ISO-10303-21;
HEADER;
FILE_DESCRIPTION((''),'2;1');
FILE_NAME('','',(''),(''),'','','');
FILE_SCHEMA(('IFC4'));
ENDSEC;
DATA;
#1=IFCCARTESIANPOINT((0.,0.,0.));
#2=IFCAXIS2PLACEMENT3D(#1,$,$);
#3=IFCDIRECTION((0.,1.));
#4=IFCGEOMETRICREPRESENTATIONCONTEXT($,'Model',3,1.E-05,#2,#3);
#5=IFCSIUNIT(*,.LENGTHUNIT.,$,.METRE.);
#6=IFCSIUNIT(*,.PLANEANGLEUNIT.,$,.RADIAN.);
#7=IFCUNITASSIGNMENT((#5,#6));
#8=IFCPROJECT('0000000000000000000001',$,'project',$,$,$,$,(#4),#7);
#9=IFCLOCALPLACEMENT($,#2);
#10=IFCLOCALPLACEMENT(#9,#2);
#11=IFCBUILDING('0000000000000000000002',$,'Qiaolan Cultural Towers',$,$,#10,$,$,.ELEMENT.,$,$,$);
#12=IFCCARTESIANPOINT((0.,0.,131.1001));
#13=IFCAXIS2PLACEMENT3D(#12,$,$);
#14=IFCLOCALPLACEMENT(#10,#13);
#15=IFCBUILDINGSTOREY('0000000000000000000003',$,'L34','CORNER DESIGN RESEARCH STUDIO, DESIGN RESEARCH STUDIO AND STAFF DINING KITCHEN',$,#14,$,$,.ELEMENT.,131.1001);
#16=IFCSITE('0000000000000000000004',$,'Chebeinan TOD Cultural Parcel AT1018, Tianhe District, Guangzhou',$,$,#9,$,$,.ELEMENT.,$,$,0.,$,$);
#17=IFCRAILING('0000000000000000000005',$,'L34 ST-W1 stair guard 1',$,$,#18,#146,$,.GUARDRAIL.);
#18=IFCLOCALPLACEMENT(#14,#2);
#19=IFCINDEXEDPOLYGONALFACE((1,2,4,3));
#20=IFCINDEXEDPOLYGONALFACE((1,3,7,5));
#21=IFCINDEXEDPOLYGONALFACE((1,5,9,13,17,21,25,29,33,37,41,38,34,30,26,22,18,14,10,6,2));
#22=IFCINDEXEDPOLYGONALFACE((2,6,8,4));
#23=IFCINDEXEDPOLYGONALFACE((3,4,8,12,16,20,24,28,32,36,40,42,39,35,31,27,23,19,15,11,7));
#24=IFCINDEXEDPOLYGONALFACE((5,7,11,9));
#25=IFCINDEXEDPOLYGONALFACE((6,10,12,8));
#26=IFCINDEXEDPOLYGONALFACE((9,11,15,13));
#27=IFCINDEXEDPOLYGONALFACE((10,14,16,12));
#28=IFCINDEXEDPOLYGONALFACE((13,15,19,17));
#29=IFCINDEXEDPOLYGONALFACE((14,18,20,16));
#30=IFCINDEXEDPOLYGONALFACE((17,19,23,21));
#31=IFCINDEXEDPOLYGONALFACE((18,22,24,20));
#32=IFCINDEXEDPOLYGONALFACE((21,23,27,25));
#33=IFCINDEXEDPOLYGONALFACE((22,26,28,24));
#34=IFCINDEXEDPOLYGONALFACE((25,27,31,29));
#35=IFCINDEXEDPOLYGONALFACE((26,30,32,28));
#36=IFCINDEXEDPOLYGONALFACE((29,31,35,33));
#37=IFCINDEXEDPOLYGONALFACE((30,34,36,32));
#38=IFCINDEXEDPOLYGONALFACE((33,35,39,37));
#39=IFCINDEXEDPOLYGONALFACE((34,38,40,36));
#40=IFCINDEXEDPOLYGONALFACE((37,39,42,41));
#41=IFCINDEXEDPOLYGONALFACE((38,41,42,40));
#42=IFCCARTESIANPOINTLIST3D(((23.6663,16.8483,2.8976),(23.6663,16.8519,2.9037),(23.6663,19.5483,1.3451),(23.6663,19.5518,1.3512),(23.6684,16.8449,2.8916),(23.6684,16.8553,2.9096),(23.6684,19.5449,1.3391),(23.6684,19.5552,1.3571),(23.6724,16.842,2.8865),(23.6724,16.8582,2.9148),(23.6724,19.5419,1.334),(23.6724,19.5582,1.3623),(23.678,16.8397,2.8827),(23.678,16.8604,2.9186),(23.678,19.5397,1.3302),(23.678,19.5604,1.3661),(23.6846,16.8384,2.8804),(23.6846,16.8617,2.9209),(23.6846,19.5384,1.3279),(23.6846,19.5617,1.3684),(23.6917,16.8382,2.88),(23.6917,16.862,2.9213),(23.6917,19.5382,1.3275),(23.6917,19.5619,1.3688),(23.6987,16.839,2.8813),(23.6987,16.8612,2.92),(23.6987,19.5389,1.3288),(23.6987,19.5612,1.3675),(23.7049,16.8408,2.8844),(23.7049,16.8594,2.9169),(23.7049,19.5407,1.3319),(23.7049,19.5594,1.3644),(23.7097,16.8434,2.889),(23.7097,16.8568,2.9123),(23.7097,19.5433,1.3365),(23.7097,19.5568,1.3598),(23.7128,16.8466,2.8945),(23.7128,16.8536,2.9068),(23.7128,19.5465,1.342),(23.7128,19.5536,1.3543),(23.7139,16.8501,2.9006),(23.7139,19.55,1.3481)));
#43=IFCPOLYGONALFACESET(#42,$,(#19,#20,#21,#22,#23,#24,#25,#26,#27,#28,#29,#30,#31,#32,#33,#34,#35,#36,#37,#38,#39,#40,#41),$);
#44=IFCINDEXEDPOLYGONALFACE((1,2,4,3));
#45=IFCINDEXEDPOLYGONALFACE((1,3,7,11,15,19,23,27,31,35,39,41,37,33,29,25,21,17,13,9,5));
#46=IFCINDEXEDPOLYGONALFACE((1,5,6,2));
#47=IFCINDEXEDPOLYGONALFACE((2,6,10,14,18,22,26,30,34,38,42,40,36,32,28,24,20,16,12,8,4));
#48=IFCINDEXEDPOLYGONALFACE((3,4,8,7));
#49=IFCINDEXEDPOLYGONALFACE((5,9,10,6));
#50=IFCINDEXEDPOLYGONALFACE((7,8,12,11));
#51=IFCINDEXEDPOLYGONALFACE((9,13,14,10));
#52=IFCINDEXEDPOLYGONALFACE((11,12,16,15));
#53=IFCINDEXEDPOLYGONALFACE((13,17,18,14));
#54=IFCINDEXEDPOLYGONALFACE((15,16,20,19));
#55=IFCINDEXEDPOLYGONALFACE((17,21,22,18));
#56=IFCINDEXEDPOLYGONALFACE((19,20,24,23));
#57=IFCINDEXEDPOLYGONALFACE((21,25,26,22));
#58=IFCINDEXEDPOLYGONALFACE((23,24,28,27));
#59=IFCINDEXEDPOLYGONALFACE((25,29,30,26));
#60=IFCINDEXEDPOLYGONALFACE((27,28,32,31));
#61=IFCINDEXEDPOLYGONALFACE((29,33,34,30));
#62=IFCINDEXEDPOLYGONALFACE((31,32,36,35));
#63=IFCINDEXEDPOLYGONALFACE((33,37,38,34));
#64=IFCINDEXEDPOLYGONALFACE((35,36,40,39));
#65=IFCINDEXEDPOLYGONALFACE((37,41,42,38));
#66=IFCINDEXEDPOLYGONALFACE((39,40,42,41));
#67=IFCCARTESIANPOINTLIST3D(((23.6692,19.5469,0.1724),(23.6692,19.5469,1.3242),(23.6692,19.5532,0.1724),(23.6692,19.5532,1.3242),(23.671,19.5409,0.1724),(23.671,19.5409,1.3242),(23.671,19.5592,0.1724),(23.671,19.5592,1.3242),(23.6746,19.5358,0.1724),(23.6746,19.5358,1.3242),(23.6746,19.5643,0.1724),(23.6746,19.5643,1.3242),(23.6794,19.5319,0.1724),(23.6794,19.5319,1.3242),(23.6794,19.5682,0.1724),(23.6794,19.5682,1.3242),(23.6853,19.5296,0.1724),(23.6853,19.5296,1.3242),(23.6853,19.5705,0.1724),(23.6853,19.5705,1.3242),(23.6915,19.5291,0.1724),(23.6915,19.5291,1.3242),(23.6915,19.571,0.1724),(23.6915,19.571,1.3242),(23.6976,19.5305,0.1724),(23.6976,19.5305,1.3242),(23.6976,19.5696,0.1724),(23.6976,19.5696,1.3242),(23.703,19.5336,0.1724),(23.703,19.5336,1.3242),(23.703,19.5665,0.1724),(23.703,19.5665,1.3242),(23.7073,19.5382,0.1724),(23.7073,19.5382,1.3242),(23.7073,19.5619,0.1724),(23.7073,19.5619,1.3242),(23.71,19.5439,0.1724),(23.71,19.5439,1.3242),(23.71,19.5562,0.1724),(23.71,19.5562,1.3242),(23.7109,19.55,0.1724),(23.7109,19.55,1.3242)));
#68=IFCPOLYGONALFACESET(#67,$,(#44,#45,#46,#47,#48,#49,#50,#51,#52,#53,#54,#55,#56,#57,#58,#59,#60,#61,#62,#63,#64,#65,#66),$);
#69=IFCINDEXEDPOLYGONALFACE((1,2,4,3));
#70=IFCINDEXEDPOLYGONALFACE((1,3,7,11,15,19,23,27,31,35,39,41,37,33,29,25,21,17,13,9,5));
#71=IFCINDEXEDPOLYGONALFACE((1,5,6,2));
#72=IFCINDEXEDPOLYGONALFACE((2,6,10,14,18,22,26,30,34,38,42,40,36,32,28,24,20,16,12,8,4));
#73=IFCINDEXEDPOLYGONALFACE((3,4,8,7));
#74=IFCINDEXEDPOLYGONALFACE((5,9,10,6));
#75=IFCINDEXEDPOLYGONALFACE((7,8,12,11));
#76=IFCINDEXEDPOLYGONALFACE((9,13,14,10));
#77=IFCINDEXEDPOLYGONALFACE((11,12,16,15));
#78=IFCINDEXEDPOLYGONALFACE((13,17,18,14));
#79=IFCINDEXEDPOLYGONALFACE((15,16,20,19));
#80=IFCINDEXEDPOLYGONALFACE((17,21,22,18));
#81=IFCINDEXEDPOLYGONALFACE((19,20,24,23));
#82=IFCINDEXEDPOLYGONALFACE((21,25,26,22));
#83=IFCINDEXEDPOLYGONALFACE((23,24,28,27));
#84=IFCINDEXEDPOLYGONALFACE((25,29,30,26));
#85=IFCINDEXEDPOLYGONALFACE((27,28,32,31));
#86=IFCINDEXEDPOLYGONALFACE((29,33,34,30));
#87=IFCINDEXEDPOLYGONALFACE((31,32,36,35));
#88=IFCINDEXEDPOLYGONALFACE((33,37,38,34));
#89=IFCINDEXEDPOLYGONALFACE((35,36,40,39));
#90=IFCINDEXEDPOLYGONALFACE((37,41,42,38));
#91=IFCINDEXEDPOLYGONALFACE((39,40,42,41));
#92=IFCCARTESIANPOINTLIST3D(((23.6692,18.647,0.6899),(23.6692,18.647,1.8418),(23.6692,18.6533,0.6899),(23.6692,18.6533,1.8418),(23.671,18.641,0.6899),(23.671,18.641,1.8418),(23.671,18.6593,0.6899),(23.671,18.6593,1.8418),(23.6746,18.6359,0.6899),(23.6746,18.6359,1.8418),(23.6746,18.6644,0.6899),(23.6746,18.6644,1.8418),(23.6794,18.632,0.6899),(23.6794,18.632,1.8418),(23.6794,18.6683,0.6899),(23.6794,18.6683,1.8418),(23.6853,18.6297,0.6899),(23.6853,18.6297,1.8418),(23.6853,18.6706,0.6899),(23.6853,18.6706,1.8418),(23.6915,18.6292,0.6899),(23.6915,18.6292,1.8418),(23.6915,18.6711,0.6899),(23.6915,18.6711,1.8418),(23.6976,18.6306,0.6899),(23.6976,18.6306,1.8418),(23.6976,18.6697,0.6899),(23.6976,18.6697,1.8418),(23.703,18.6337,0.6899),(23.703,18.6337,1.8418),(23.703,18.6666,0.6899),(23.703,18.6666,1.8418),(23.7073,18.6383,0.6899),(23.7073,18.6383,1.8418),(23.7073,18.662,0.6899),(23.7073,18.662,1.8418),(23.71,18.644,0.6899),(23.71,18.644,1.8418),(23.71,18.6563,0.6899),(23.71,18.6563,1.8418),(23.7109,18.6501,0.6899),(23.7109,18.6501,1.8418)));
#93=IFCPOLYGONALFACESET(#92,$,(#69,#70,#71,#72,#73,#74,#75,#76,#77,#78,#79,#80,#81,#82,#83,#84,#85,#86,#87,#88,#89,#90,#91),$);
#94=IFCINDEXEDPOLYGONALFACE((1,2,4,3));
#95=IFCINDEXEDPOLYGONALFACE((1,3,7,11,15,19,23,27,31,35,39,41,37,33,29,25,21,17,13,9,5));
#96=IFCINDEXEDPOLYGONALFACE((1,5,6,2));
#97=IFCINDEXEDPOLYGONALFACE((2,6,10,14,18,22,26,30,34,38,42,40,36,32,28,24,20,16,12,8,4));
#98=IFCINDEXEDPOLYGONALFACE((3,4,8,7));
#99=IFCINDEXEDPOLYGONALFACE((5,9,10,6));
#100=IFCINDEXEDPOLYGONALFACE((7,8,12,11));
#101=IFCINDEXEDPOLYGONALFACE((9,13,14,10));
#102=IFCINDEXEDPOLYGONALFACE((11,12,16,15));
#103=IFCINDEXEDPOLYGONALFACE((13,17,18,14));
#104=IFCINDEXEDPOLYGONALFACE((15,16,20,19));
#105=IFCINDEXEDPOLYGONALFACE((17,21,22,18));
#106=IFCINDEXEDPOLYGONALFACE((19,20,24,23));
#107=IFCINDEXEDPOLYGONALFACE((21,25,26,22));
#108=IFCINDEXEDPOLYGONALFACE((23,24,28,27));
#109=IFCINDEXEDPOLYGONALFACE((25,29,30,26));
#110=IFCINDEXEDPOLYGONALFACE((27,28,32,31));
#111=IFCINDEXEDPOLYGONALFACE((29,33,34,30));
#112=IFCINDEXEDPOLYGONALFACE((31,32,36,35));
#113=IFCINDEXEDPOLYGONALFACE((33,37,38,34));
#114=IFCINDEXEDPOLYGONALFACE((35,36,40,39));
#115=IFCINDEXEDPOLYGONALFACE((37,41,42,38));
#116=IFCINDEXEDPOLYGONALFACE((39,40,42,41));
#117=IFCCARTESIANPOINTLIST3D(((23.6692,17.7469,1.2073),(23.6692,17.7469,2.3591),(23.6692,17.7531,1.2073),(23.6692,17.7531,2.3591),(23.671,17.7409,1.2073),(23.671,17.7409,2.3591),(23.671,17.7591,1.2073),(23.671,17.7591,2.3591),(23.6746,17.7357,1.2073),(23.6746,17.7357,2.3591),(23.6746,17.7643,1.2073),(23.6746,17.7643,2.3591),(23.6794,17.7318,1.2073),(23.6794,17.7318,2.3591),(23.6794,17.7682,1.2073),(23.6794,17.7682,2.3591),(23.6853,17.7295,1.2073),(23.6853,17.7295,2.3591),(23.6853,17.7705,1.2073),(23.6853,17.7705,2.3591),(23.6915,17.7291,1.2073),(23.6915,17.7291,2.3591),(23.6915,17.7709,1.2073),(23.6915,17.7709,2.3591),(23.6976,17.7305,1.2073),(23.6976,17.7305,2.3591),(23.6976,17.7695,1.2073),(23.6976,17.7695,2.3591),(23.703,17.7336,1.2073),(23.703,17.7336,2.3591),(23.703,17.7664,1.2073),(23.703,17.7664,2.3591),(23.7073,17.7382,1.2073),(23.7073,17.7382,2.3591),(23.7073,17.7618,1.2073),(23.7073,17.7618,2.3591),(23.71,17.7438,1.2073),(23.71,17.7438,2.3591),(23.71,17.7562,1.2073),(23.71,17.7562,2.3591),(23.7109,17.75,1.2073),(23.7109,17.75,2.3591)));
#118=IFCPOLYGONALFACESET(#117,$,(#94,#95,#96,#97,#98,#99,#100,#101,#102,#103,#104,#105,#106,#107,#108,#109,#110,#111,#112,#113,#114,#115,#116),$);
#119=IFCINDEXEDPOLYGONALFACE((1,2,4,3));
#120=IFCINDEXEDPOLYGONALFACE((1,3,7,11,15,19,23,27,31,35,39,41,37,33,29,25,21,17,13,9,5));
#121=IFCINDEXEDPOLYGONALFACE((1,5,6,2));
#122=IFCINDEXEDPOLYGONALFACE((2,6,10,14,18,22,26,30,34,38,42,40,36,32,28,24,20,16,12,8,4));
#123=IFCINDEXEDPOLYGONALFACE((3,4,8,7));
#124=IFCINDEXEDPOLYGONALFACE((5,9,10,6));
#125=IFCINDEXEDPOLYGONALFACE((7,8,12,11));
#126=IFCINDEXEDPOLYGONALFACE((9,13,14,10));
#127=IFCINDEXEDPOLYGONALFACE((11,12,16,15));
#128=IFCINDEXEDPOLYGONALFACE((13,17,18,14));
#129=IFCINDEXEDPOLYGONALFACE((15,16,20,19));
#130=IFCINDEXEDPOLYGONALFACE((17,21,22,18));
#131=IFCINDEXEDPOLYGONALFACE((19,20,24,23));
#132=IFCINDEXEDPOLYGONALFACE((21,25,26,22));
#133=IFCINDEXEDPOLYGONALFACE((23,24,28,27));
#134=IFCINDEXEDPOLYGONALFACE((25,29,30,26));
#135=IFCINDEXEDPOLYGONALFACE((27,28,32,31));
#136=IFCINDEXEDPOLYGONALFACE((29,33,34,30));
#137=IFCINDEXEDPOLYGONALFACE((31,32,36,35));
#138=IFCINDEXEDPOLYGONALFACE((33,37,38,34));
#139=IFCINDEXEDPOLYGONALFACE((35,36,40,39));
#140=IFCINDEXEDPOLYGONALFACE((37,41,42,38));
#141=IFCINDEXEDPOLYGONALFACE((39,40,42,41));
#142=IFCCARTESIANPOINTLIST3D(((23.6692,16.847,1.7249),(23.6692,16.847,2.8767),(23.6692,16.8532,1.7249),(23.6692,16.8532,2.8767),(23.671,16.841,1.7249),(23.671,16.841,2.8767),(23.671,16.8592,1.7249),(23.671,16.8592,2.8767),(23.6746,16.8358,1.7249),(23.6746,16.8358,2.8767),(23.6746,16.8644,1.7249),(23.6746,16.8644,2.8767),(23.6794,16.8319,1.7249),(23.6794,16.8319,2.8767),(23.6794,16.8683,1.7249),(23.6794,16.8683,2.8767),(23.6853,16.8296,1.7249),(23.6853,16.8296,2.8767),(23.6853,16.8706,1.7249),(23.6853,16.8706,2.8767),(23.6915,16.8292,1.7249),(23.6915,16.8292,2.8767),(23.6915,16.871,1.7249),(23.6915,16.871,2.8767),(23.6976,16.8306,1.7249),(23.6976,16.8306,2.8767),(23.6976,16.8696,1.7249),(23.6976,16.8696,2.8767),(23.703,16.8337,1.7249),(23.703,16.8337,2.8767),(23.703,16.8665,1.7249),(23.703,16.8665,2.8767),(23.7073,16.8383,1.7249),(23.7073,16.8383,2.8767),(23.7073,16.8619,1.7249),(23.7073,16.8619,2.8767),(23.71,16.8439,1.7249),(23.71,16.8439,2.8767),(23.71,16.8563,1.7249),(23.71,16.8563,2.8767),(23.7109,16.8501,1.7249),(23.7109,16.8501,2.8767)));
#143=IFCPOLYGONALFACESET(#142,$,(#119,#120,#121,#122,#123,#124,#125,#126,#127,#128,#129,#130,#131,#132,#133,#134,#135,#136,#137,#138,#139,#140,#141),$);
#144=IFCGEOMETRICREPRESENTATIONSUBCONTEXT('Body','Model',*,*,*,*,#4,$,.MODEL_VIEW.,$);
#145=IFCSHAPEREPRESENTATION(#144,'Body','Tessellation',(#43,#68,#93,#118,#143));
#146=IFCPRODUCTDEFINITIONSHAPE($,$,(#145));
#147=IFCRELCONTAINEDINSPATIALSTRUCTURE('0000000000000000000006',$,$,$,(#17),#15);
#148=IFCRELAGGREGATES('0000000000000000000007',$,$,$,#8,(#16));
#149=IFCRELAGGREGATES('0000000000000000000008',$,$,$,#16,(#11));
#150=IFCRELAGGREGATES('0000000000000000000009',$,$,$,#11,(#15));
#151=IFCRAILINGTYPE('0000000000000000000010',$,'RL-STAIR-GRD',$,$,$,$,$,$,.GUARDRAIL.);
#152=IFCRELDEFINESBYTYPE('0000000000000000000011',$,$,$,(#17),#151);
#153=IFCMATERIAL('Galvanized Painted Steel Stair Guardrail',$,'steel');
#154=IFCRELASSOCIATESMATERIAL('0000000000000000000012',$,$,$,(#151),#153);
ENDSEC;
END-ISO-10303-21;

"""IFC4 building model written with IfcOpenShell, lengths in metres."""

from ifc_helpers import new_model, si_unit, direction, frame, origin, origin_2d, place, context, subcontext, project, spatial, circle, extrude, material, type_object, element, save


model = new_model("IFC4")

# Units and contexts
model_context = context("Model", 3, precision=1e-05, world=origin(), true_north=direction((0.0, 1.0)))
body_context = subcontext(model_context, "Body", "Model", "MODEL_VIEW")
ifc_project = project(units=[si_unit("LENGTHUNIT", "METRE"), si_unit("PLANEANGLEUNIT", "RADIAN")], contexts=[model_context])

# Site, building, storey
site_placement = place(None, origin())
site = spatial("IfcSite", under=ifc_project, at=site_placement, Name="Chebeinan TOD Cultural Parcel AT1018, Tianhe District, Guangzhou", CompositionType="ELEMENT", RefElevation=0.0)
building_placement = place(site_placement, origin())
building = spatial("IfcBuilding", under=site, at=building_placement, Name="Qiaolan Cultural Towers", CompositionType="ELEMENT")
storey_placement = place(building_placement, frame((0.0, 0.0, 131.1001)))
storey = spatial("IfcBuildingStorey", under=building, at=storey_placement, Name="L34", Description="CORNER DESIGN RESEARCH STUDIO, DESIGN RESEARCH STUDIO AND STAFF DINING KITCHEN", CompositionType="ELEMENT", Elevation=131.1001)

# Railing
ifc_material_1 = material(Name="Galvanized Painted Steel Stair Guardrail", Category="steel")
railing_type_1 = type_object("IfcRailingType", Name="RL-STAIR-GRD", PredefinedType="GUARDRAIL", material=ifc_material_1)
railing_1_placement = place(storey_placement, frame((23.6899, 19.55, 0.1724)))
element("IfcRailing", 1, at=railing_1_placement, inside=storey, type_object=railing_type_1, Name="L34 ST-W1 stair guard 1", PredefinedType="GUARDRAIL", context=body_context, shape_type="SweptSolid", body=[
    extrude(circle(Radius=0.0239, at=origin_2d()), frame((0.0, 0.0, 1.1758), z_axis=(0.0, -0.866904, 0.498476), x_axis=(1.0, 0.0, 0.0)), (0.0, 0.0, 1.0), 3.1145),
    extrude(circle(Radius=0.021, at=origin_2d()), origin(), (0.0, 0.0, 1.0), 1.1519),
    extrude(circle(Radius=0.021, at=origin_2d()), frame((0.0, -0.8999, 0.5176)), (0.0, 0.0, 1.0), 1.1519),
    extrude(circle(Radius=0.021, at=origin_2d()), frame((0.0, -1.8, 1.0349)), (0.0, 0.0, 1.0), 1.1519),
    extrude(circle(Radius=0.021, at=origin_2d()), frame((0.0, -2.7, 1.5525)), (0.0, 0.0, 1.0), 1.1519),
])

save(model, "model.ifc")
